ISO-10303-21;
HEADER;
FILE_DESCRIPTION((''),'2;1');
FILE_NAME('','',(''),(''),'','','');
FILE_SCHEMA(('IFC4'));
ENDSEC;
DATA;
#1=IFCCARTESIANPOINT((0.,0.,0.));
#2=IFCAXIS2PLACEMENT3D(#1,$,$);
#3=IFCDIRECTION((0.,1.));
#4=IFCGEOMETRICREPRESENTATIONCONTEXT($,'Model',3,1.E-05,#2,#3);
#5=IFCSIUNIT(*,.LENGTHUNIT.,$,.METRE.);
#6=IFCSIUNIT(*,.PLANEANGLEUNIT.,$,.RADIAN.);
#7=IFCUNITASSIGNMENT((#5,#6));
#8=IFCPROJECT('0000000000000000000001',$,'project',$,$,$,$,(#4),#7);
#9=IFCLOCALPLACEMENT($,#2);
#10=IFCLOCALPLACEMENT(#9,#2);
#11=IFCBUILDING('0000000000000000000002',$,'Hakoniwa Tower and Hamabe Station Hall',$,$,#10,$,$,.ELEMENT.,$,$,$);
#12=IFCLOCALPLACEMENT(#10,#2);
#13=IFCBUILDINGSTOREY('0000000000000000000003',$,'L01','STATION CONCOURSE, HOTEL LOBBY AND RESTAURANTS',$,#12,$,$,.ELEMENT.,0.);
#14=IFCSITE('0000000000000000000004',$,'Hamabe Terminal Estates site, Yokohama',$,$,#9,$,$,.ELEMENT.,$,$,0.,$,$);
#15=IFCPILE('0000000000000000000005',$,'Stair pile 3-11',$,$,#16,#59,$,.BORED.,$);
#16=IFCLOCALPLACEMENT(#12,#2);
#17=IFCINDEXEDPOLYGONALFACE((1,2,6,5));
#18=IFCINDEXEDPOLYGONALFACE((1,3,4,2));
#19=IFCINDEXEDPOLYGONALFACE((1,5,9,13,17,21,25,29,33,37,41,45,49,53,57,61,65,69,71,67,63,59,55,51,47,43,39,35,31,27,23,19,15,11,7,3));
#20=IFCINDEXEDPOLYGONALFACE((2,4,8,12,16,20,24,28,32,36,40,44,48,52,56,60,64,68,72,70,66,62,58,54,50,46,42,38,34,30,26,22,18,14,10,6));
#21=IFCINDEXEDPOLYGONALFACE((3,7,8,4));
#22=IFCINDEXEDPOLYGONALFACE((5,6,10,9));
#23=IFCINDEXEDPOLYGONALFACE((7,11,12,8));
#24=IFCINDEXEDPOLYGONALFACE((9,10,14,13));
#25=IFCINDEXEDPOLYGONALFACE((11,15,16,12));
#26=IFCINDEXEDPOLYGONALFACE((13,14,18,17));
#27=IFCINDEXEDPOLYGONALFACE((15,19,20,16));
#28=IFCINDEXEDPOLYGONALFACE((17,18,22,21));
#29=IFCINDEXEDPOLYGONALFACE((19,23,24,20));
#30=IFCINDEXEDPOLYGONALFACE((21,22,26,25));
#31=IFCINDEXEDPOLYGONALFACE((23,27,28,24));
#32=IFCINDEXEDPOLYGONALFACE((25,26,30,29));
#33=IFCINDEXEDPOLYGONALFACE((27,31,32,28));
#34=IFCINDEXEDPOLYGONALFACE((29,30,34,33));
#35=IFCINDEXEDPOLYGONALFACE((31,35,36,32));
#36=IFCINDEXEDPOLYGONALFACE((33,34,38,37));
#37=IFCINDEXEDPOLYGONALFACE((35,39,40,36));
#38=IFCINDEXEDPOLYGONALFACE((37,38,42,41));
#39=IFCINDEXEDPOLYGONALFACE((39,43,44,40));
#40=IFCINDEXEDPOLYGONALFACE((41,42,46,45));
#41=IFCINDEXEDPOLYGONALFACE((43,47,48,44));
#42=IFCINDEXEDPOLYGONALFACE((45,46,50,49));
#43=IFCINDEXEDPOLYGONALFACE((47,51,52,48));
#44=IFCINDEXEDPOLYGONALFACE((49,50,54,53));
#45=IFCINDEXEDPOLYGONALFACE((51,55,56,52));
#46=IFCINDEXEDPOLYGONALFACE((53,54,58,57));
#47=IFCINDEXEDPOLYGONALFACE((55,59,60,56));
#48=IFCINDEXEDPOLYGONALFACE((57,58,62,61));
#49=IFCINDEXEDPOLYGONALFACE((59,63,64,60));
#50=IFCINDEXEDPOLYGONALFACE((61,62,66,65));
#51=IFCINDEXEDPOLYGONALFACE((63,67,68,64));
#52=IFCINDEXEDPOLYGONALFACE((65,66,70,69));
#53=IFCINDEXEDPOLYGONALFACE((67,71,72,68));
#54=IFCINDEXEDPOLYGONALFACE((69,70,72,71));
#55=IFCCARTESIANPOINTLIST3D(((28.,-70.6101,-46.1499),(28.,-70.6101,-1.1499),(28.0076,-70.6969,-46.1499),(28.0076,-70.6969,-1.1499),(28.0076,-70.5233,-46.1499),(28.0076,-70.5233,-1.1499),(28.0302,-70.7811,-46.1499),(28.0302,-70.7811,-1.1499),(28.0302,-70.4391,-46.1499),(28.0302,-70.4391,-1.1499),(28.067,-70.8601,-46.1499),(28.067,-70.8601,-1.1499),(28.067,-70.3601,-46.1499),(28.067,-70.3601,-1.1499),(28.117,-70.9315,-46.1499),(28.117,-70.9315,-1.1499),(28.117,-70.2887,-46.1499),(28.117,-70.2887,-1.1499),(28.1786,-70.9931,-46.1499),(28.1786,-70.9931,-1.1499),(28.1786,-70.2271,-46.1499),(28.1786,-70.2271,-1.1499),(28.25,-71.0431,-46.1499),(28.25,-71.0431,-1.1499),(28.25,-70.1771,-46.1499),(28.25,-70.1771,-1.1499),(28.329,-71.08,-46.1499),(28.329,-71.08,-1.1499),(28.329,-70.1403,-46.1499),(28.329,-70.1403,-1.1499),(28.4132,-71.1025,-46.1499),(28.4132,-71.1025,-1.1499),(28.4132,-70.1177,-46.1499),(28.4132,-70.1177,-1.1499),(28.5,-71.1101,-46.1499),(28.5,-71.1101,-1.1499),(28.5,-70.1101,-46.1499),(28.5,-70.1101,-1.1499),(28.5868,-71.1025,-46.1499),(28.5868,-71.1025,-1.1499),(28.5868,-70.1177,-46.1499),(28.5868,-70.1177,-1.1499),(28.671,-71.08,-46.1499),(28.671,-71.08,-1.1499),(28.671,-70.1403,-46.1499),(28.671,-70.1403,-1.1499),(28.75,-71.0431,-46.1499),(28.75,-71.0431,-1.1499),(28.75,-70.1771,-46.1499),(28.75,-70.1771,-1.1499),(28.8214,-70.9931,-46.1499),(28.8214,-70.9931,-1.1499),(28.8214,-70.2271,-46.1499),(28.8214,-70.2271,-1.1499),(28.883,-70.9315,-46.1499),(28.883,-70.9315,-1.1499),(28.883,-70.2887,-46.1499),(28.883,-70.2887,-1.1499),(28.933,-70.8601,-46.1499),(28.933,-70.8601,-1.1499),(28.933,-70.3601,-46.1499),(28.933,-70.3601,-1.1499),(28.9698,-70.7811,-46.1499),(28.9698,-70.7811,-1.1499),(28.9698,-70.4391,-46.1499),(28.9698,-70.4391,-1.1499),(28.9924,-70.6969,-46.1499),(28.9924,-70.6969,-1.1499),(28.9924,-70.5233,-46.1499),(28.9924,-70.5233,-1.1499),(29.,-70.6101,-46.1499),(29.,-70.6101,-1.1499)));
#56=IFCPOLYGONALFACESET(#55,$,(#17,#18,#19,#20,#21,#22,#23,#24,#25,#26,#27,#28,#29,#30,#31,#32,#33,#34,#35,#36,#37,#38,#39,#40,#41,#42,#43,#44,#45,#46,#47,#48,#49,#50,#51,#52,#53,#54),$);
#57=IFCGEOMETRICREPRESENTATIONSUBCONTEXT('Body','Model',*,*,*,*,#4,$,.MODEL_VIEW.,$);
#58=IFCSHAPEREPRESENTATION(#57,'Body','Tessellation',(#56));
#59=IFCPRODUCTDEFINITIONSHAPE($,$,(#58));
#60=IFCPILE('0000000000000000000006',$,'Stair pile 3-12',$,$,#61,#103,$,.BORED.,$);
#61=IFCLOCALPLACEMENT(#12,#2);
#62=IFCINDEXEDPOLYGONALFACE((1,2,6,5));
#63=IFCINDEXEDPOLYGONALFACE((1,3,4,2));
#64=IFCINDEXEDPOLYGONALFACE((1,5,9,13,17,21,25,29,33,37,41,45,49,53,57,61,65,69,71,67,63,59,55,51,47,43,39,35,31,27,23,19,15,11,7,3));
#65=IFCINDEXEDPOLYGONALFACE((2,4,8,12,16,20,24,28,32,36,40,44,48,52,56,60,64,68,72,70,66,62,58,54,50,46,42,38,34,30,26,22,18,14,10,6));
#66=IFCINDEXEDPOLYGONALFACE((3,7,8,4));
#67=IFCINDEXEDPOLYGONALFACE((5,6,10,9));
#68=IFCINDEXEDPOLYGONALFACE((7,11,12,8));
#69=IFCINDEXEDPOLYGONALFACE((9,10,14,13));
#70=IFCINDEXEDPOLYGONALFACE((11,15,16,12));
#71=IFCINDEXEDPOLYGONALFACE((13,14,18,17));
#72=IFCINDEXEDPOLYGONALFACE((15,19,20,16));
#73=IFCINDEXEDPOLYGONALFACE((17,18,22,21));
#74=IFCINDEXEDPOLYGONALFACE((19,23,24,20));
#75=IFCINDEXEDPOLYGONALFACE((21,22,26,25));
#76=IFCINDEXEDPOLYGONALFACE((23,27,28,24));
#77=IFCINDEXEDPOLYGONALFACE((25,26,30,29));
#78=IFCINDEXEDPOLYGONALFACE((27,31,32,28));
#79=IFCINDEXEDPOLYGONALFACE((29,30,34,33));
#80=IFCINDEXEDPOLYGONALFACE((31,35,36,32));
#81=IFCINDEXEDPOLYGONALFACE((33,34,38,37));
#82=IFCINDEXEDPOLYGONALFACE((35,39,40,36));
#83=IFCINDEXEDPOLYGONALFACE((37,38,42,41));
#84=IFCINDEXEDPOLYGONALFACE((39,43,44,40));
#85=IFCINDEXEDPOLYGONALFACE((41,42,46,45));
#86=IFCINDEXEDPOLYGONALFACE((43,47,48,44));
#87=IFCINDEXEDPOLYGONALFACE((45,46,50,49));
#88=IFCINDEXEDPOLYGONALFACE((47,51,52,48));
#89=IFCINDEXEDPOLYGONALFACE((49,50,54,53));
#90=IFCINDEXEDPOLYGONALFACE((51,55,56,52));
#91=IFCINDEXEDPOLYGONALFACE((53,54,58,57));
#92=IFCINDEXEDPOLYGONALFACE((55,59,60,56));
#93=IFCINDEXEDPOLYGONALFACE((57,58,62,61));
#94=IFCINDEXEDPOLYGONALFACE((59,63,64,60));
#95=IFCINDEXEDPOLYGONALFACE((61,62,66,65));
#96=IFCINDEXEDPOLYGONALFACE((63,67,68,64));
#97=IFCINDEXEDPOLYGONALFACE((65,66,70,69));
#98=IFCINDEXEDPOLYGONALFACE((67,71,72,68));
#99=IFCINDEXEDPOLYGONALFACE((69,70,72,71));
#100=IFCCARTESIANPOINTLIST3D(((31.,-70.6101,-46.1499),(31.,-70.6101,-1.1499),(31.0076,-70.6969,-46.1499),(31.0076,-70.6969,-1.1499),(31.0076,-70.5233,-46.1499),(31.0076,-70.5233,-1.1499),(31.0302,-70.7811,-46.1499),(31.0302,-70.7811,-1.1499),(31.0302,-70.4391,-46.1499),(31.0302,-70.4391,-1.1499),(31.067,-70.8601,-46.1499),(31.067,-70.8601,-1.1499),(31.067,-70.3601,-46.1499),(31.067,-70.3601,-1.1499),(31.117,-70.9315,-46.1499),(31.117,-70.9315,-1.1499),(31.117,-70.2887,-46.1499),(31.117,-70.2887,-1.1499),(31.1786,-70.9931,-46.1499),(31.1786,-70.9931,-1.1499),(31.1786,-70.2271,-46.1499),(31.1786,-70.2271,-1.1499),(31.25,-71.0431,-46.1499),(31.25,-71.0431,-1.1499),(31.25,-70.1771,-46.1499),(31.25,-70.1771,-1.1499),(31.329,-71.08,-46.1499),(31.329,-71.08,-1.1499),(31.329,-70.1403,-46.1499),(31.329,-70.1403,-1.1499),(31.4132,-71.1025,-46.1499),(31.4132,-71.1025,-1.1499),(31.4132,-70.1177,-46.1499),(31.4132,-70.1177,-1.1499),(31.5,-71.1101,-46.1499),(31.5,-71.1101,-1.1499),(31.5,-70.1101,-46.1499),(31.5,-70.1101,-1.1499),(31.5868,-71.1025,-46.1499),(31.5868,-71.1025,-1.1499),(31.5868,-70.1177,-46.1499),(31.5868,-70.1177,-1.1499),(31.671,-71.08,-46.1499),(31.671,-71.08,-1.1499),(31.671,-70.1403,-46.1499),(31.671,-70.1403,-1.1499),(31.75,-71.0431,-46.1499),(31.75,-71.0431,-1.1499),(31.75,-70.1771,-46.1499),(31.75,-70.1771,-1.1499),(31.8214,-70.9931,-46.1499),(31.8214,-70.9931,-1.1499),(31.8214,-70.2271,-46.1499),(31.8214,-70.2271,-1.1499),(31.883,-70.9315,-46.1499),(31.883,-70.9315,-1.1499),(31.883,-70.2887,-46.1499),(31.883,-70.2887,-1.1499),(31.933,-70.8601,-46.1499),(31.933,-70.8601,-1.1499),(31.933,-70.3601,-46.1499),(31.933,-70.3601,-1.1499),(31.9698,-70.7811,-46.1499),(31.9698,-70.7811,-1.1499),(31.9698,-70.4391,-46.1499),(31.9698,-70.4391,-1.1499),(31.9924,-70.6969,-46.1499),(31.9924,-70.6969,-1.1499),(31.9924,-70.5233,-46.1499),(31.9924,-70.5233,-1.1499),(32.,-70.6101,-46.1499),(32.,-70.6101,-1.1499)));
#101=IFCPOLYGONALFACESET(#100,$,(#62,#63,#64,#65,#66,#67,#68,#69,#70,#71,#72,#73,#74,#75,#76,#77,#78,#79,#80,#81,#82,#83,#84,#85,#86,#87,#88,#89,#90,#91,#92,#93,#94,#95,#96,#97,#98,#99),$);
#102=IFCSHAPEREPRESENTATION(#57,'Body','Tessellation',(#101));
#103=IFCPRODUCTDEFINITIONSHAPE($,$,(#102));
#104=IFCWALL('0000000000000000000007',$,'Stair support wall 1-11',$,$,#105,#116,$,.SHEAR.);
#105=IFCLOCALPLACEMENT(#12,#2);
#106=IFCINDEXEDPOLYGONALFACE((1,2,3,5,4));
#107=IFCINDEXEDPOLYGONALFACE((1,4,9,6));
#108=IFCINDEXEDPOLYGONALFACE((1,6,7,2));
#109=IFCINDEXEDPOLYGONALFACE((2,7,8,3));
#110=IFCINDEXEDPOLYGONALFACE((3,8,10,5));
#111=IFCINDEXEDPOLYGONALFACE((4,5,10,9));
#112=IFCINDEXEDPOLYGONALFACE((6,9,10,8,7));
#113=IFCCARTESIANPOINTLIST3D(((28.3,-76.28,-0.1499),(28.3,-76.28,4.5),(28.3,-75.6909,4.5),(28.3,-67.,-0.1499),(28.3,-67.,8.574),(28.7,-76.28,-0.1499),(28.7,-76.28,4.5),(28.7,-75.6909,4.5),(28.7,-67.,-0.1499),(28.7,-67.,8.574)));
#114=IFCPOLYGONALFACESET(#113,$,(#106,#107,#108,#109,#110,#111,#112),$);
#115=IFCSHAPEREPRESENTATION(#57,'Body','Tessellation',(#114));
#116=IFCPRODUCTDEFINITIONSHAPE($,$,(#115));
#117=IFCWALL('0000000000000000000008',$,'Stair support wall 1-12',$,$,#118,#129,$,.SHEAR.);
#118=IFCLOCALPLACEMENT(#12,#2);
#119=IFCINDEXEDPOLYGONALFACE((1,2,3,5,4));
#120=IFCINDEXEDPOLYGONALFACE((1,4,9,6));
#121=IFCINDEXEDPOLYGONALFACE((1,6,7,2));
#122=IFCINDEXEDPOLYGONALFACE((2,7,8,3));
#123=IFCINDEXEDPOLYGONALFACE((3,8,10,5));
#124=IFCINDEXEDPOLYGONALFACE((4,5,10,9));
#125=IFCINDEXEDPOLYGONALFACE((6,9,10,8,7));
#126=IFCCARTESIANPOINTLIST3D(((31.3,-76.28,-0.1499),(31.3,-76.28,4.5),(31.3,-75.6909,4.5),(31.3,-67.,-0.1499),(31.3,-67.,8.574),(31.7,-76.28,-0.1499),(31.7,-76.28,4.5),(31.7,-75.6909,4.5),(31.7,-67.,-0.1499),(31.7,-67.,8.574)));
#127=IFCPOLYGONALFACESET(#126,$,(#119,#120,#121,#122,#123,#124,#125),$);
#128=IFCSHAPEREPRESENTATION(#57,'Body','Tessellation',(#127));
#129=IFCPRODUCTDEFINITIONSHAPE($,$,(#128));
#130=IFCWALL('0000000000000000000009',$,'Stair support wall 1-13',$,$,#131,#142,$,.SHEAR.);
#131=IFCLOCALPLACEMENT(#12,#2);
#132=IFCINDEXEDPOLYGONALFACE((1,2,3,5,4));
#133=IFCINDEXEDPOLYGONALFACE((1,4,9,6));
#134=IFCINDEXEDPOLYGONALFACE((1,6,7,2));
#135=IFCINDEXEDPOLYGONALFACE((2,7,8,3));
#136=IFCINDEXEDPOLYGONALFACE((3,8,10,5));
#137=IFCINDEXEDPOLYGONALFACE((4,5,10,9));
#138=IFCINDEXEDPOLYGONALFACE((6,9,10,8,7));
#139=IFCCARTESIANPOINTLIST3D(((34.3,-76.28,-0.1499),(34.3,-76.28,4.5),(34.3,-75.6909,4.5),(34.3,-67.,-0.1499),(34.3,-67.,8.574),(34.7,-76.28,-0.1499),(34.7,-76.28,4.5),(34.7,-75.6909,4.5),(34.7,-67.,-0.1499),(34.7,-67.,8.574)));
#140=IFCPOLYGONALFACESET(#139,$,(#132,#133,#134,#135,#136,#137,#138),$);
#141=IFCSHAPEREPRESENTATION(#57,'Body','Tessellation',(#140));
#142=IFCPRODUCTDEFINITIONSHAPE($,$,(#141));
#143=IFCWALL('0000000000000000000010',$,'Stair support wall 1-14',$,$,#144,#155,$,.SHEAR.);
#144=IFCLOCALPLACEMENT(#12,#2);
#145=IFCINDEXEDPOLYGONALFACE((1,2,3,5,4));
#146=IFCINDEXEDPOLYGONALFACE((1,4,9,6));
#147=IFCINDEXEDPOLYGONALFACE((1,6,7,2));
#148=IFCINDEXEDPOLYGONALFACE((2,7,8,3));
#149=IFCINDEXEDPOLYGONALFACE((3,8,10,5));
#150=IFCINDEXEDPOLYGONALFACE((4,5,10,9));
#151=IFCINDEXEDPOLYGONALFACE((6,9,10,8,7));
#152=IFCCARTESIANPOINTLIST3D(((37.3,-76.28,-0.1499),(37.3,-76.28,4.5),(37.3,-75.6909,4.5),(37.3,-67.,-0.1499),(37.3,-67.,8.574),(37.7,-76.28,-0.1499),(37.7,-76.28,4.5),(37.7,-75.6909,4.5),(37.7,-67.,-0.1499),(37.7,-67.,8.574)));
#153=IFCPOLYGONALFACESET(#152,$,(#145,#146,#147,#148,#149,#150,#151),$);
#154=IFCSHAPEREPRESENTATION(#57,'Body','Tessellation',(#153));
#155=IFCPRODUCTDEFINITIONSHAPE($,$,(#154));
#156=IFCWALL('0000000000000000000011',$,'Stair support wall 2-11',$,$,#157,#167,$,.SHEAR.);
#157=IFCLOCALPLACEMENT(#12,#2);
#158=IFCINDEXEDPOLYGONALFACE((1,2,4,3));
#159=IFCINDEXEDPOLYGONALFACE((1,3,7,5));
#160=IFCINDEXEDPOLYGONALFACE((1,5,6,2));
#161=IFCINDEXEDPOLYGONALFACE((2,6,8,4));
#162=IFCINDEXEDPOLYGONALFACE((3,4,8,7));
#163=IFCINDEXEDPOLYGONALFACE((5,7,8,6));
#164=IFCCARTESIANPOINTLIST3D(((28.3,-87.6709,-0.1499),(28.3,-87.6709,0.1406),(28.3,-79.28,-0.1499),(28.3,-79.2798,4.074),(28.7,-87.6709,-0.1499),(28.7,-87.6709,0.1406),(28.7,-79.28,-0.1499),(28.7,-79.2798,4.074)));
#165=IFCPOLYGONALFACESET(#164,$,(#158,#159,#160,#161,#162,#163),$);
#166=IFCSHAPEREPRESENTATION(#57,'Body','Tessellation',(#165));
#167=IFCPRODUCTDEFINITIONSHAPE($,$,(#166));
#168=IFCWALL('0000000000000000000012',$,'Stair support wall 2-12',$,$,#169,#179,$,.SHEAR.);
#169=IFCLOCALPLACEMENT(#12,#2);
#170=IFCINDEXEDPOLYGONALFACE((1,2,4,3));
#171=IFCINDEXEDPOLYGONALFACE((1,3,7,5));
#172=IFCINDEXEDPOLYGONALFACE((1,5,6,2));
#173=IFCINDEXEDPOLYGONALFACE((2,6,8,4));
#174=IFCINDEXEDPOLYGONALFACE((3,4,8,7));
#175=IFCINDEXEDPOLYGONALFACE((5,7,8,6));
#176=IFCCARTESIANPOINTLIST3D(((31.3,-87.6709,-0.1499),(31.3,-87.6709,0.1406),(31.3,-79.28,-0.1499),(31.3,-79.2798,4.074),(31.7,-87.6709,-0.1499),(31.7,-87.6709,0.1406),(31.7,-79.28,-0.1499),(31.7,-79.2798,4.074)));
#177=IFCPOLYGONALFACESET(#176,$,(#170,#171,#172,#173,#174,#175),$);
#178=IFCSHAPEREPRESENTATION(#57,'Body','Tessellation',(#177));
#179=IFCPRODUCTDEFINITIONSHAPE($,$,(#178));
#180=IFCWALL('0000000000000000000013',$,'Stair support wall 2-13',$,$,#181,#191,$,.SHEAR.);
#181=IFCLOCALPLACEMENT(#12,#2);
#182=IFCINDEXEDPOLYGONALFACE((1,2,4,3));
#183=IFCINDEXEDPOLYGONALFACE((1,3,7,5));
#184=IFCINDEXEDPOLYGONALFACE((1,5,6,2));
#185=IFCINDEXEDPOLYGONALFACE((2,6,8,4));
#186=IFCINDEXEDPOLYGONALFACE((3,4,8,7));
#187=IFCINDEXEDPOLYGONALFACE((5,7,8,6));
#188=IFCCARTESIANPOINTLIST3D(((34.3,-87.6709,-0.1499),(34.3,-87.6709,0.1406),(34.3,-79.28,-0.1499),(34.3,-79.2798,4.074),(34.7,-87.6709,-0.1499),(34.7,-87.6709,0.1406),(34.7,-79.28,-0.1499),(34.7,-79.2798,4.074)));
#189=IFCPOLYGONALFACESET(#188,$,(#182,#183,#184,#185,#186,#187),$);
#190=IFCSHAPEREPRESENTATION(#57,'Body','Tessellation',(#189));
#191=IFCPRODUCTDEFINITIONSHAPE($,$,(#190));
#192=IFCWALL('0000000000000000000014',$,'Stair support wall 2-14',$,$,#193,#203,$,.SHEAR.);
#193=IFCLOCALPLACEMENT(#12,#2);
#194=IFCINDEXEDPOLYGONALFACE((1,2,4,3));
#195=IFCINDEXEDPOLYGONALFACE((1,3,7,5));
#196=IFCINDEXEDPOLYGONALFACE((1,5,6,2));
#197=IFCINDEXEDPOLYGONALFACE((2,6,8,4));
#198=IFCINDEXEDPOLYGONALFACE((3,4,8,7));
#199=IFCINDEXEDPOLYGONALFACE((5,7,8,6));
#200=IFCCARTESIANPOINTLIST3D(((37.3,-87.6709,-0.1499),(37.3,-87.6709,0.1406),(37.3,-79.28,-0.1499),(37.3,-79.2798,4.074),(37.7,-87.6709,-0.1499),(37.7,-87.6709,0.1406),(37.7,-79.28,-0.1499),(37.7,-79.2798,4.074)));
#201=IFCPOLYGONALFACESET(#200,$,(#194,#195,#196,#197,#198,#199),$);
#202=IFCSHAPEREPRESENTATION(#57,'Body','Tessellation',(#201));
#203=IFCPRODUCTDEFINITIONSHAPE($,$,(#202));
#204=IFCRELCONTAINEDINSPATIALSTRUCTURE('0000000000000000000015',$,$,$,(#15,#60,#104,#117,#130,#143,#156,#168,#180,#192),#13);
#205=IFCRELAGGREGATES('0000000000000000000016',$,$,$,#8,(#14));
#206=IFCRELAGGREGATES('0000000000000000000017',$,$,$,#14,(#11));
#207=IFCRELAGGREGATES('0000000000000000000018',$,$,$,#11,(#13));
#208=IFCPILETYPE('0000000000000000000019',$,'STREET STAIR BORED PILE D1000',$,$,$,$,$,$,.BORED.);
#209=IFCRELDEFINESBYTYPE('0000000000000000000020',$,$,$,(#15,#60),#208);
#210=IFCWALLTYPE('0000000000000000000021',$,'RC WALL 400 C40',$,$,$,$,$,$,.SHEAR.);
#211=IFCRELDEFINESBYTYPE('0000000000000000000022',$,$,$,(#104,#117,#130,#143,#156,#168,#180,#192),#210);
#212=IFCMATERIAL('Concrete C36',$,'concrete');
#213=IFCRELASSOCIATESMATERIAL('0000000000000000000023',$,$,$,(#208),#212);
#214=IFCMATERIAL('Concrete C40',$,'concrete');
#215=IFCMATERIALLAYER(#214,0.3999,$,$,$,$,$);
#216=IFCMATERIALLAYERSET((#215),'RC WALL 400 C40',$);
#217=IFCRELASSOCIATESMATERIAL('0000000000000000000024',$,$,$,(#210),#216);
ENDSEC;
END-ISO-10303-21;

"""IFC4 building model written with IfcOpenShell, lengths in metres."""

from ifc_helpers import new_model, si_unit, direction, frame, origin, origin_2d, place, context, subcontext, project, spatial, polyline, circle, outline, extrude, material, layer, layer_set, material_profile, profile_set, type_object, element, save


model = new_model("IFC4")

# Units and contexts
model_context = context("Model", 3, precision=1e-05, world=origin(), true_north=direction((0.0, 1.0)))
body_context = subcontext(model_context, "Body", "Model", "MODEL_VIEW")
ifc_project = project(units=[si_unit("LENGTHUNIT", "METRE"), si_unit("PLANEANGLEUNIT", "RADIAN")], contexts=[model_context])

# Site, building, storey
site_placement = place(None, origin())
site = spatial("IfcSite", under=ifc_project, at=site_placement, Name="Hamabe Terminal Estates site, Yokohama", CompositionType="ELEMENT", RefElevation=0.0)
building_placement = place(site_placement, origin())
building = spatial("IfcBuilding", under=site, at=building_placement, Name="Hakoniwa Tower and Hamabe Station Hall", CompositionType="ELEMENT")
storey_placement = place(building_placement, origin())
storey = spatial("IfcBuildingStorey", under=building, at=storey_placement, Name="L01", Description="STATION CONCOURSE, HOTEL LOBBY AND RESTAURANTS", CompositionType="ELEMENT", Elevation=0.0)

# Piles
ifc_material_1 = material(Name="Concrete C36", Category="concrete")
ifc_material_profile = material_profile(ifc_material_1, circle(Radius=0.5, at=origin_2d()), Name="STREET STAIR BORED PILE D1000")
ifc_profile_set = profile_set([ifc_material_profile], Name="Concrete C36")
pile_type = type_object("IfcPileType", Name="STREET STAIR BORED PILE D1000", PredefinedType="BORED", material=ifc_profile_set)
for number, where, z_axis, x_axis, name in (
    (1, (28.5, -70.6101, -1.1499), (0.0, 0.0, -1.0), (1.0, 0.0, 0.0), "Stair pile 3-11"),
    (2, (31.5, -70.6101, -1.1499), (0.0, 0.0, -1.0), (1.0, 0.0, 0.0), "Stair pile 3-12"),
):
    element("IfcPile", number, at=place(storey_placement, frame(where, z_axis=z_axis, x_axis=x_axis)), inside=storey, type_object=pile_type, Name=name, PredefinedType="BORED", context=body_context, shape_type="SweptSolid", body=[
        extrude(circle(Radius=0.5, at=origin_2d()), origin(), (0.0, 0.0, 1.0), 45.0),
    ])

# Walls
ifc_material_2 = material(Name="Concrete C40", Category="concrete")
ifc_layer = layer(ifc_material_2, 0.3999)
ifc_layer_set = layer_set([ifc_layer], Name="RC WALL 400 C40")
wall_type = type_object("IfcWallType", Name="RC WALL 400 C40", PredefinedType="SHEAR", material=ifc_layer_set)
for number, where, z_axis, x_axis, name in (
    (3, (28.5, -76.28, -0.1499), (0.0, 0.0, 1.0), (0.0, 1.0, 0.0), "Stair support wall 1-11"),
    (4, (31.5, -76.28, -0.1499), (0.0, 0.0, 1.0), (0.0, 1.0, 0.0), "Stair support wall 1-12"),
    (5, (34.5, -76.28, -0.1499), (0.0, 0.0, 1.0), (0.0, 1.0, 0.0), "Stair support wall 1-13"),
    (6, (37.5, -76.28, -0.1499), (0.0, 0.0, 1.0), (0.0, 1.0, 0.0), "Stair support wall 1-14"),
):
    element("IfcWall", number, at=place(storey_placement, frame(where, z_axis=z_axis, x_axis=x_axis)), inside=storey, type_object=wall_type, Name=name, PredefinedType="SHEAR", context=body_context, shape_type="SweptSolid", body=[
        extrude(outline(polyline([(0.0, 0.0), (9.28, 0.0), (9.28, 8.7239), (0.5891, 4.6499), (0.0, 4.6499), (0.0, 0.0)])), frame((0.0, 0.2, 0.0), z_axis=(0.0, -1.0, 0.0), x_axis=(1.0, 0.0, 0.0)), (0.0, 0.0, 1.0), 0.3999),
    ])
for number, where, z_axis, x_axis, name in (
    (7, (28.5, -87.6709, -0.1499), (0.0, 0.0, 1.0), (0.0, 1.0, 0.0), "Stair support wall 2-11"),
    (8, (31.5, -87.6709, -0.1499), (0.0, 0.0, 1.0), (0.0, 1.0, 0.0), "Stair support wall 2-12"),
    (9, (34.5, -87.6709, -0.1499), (0.0, 0.0, 1.0), (0.0, 1.0, 0.0), "Stair support wall 2-13"),
    (10, (37.5, -87.6709, -0.1499), (0.0, 0.0, 1.0), (0.0, 1.0, 0.0), "Stair support wall 2-14"),
):
    element("IfcWall", number, at=place(storey_placement, frame(where, z_axis=z_axis, x_axis=x_axis)), inside=storey, type_object=wall_type, Name=name, PredefinedType="SHEAR", context=body_context, shape_type="SweptSolid", body=[
        extrude(outline(polyline([(0.0, 0.0), (8.3909, 0.0), (8.3911, 4.2239), (0.0, 0.2905), (0.0, 0.0)])), frame((0.0, 0.2, 0.0), z_axis=(0.0, -1.0, 0.0), x_axis=(1.0, 0.0, 0.0)), (0.0, 0.0, 1.0), 0.3999),
    ])

save(model, "model.ifc")
